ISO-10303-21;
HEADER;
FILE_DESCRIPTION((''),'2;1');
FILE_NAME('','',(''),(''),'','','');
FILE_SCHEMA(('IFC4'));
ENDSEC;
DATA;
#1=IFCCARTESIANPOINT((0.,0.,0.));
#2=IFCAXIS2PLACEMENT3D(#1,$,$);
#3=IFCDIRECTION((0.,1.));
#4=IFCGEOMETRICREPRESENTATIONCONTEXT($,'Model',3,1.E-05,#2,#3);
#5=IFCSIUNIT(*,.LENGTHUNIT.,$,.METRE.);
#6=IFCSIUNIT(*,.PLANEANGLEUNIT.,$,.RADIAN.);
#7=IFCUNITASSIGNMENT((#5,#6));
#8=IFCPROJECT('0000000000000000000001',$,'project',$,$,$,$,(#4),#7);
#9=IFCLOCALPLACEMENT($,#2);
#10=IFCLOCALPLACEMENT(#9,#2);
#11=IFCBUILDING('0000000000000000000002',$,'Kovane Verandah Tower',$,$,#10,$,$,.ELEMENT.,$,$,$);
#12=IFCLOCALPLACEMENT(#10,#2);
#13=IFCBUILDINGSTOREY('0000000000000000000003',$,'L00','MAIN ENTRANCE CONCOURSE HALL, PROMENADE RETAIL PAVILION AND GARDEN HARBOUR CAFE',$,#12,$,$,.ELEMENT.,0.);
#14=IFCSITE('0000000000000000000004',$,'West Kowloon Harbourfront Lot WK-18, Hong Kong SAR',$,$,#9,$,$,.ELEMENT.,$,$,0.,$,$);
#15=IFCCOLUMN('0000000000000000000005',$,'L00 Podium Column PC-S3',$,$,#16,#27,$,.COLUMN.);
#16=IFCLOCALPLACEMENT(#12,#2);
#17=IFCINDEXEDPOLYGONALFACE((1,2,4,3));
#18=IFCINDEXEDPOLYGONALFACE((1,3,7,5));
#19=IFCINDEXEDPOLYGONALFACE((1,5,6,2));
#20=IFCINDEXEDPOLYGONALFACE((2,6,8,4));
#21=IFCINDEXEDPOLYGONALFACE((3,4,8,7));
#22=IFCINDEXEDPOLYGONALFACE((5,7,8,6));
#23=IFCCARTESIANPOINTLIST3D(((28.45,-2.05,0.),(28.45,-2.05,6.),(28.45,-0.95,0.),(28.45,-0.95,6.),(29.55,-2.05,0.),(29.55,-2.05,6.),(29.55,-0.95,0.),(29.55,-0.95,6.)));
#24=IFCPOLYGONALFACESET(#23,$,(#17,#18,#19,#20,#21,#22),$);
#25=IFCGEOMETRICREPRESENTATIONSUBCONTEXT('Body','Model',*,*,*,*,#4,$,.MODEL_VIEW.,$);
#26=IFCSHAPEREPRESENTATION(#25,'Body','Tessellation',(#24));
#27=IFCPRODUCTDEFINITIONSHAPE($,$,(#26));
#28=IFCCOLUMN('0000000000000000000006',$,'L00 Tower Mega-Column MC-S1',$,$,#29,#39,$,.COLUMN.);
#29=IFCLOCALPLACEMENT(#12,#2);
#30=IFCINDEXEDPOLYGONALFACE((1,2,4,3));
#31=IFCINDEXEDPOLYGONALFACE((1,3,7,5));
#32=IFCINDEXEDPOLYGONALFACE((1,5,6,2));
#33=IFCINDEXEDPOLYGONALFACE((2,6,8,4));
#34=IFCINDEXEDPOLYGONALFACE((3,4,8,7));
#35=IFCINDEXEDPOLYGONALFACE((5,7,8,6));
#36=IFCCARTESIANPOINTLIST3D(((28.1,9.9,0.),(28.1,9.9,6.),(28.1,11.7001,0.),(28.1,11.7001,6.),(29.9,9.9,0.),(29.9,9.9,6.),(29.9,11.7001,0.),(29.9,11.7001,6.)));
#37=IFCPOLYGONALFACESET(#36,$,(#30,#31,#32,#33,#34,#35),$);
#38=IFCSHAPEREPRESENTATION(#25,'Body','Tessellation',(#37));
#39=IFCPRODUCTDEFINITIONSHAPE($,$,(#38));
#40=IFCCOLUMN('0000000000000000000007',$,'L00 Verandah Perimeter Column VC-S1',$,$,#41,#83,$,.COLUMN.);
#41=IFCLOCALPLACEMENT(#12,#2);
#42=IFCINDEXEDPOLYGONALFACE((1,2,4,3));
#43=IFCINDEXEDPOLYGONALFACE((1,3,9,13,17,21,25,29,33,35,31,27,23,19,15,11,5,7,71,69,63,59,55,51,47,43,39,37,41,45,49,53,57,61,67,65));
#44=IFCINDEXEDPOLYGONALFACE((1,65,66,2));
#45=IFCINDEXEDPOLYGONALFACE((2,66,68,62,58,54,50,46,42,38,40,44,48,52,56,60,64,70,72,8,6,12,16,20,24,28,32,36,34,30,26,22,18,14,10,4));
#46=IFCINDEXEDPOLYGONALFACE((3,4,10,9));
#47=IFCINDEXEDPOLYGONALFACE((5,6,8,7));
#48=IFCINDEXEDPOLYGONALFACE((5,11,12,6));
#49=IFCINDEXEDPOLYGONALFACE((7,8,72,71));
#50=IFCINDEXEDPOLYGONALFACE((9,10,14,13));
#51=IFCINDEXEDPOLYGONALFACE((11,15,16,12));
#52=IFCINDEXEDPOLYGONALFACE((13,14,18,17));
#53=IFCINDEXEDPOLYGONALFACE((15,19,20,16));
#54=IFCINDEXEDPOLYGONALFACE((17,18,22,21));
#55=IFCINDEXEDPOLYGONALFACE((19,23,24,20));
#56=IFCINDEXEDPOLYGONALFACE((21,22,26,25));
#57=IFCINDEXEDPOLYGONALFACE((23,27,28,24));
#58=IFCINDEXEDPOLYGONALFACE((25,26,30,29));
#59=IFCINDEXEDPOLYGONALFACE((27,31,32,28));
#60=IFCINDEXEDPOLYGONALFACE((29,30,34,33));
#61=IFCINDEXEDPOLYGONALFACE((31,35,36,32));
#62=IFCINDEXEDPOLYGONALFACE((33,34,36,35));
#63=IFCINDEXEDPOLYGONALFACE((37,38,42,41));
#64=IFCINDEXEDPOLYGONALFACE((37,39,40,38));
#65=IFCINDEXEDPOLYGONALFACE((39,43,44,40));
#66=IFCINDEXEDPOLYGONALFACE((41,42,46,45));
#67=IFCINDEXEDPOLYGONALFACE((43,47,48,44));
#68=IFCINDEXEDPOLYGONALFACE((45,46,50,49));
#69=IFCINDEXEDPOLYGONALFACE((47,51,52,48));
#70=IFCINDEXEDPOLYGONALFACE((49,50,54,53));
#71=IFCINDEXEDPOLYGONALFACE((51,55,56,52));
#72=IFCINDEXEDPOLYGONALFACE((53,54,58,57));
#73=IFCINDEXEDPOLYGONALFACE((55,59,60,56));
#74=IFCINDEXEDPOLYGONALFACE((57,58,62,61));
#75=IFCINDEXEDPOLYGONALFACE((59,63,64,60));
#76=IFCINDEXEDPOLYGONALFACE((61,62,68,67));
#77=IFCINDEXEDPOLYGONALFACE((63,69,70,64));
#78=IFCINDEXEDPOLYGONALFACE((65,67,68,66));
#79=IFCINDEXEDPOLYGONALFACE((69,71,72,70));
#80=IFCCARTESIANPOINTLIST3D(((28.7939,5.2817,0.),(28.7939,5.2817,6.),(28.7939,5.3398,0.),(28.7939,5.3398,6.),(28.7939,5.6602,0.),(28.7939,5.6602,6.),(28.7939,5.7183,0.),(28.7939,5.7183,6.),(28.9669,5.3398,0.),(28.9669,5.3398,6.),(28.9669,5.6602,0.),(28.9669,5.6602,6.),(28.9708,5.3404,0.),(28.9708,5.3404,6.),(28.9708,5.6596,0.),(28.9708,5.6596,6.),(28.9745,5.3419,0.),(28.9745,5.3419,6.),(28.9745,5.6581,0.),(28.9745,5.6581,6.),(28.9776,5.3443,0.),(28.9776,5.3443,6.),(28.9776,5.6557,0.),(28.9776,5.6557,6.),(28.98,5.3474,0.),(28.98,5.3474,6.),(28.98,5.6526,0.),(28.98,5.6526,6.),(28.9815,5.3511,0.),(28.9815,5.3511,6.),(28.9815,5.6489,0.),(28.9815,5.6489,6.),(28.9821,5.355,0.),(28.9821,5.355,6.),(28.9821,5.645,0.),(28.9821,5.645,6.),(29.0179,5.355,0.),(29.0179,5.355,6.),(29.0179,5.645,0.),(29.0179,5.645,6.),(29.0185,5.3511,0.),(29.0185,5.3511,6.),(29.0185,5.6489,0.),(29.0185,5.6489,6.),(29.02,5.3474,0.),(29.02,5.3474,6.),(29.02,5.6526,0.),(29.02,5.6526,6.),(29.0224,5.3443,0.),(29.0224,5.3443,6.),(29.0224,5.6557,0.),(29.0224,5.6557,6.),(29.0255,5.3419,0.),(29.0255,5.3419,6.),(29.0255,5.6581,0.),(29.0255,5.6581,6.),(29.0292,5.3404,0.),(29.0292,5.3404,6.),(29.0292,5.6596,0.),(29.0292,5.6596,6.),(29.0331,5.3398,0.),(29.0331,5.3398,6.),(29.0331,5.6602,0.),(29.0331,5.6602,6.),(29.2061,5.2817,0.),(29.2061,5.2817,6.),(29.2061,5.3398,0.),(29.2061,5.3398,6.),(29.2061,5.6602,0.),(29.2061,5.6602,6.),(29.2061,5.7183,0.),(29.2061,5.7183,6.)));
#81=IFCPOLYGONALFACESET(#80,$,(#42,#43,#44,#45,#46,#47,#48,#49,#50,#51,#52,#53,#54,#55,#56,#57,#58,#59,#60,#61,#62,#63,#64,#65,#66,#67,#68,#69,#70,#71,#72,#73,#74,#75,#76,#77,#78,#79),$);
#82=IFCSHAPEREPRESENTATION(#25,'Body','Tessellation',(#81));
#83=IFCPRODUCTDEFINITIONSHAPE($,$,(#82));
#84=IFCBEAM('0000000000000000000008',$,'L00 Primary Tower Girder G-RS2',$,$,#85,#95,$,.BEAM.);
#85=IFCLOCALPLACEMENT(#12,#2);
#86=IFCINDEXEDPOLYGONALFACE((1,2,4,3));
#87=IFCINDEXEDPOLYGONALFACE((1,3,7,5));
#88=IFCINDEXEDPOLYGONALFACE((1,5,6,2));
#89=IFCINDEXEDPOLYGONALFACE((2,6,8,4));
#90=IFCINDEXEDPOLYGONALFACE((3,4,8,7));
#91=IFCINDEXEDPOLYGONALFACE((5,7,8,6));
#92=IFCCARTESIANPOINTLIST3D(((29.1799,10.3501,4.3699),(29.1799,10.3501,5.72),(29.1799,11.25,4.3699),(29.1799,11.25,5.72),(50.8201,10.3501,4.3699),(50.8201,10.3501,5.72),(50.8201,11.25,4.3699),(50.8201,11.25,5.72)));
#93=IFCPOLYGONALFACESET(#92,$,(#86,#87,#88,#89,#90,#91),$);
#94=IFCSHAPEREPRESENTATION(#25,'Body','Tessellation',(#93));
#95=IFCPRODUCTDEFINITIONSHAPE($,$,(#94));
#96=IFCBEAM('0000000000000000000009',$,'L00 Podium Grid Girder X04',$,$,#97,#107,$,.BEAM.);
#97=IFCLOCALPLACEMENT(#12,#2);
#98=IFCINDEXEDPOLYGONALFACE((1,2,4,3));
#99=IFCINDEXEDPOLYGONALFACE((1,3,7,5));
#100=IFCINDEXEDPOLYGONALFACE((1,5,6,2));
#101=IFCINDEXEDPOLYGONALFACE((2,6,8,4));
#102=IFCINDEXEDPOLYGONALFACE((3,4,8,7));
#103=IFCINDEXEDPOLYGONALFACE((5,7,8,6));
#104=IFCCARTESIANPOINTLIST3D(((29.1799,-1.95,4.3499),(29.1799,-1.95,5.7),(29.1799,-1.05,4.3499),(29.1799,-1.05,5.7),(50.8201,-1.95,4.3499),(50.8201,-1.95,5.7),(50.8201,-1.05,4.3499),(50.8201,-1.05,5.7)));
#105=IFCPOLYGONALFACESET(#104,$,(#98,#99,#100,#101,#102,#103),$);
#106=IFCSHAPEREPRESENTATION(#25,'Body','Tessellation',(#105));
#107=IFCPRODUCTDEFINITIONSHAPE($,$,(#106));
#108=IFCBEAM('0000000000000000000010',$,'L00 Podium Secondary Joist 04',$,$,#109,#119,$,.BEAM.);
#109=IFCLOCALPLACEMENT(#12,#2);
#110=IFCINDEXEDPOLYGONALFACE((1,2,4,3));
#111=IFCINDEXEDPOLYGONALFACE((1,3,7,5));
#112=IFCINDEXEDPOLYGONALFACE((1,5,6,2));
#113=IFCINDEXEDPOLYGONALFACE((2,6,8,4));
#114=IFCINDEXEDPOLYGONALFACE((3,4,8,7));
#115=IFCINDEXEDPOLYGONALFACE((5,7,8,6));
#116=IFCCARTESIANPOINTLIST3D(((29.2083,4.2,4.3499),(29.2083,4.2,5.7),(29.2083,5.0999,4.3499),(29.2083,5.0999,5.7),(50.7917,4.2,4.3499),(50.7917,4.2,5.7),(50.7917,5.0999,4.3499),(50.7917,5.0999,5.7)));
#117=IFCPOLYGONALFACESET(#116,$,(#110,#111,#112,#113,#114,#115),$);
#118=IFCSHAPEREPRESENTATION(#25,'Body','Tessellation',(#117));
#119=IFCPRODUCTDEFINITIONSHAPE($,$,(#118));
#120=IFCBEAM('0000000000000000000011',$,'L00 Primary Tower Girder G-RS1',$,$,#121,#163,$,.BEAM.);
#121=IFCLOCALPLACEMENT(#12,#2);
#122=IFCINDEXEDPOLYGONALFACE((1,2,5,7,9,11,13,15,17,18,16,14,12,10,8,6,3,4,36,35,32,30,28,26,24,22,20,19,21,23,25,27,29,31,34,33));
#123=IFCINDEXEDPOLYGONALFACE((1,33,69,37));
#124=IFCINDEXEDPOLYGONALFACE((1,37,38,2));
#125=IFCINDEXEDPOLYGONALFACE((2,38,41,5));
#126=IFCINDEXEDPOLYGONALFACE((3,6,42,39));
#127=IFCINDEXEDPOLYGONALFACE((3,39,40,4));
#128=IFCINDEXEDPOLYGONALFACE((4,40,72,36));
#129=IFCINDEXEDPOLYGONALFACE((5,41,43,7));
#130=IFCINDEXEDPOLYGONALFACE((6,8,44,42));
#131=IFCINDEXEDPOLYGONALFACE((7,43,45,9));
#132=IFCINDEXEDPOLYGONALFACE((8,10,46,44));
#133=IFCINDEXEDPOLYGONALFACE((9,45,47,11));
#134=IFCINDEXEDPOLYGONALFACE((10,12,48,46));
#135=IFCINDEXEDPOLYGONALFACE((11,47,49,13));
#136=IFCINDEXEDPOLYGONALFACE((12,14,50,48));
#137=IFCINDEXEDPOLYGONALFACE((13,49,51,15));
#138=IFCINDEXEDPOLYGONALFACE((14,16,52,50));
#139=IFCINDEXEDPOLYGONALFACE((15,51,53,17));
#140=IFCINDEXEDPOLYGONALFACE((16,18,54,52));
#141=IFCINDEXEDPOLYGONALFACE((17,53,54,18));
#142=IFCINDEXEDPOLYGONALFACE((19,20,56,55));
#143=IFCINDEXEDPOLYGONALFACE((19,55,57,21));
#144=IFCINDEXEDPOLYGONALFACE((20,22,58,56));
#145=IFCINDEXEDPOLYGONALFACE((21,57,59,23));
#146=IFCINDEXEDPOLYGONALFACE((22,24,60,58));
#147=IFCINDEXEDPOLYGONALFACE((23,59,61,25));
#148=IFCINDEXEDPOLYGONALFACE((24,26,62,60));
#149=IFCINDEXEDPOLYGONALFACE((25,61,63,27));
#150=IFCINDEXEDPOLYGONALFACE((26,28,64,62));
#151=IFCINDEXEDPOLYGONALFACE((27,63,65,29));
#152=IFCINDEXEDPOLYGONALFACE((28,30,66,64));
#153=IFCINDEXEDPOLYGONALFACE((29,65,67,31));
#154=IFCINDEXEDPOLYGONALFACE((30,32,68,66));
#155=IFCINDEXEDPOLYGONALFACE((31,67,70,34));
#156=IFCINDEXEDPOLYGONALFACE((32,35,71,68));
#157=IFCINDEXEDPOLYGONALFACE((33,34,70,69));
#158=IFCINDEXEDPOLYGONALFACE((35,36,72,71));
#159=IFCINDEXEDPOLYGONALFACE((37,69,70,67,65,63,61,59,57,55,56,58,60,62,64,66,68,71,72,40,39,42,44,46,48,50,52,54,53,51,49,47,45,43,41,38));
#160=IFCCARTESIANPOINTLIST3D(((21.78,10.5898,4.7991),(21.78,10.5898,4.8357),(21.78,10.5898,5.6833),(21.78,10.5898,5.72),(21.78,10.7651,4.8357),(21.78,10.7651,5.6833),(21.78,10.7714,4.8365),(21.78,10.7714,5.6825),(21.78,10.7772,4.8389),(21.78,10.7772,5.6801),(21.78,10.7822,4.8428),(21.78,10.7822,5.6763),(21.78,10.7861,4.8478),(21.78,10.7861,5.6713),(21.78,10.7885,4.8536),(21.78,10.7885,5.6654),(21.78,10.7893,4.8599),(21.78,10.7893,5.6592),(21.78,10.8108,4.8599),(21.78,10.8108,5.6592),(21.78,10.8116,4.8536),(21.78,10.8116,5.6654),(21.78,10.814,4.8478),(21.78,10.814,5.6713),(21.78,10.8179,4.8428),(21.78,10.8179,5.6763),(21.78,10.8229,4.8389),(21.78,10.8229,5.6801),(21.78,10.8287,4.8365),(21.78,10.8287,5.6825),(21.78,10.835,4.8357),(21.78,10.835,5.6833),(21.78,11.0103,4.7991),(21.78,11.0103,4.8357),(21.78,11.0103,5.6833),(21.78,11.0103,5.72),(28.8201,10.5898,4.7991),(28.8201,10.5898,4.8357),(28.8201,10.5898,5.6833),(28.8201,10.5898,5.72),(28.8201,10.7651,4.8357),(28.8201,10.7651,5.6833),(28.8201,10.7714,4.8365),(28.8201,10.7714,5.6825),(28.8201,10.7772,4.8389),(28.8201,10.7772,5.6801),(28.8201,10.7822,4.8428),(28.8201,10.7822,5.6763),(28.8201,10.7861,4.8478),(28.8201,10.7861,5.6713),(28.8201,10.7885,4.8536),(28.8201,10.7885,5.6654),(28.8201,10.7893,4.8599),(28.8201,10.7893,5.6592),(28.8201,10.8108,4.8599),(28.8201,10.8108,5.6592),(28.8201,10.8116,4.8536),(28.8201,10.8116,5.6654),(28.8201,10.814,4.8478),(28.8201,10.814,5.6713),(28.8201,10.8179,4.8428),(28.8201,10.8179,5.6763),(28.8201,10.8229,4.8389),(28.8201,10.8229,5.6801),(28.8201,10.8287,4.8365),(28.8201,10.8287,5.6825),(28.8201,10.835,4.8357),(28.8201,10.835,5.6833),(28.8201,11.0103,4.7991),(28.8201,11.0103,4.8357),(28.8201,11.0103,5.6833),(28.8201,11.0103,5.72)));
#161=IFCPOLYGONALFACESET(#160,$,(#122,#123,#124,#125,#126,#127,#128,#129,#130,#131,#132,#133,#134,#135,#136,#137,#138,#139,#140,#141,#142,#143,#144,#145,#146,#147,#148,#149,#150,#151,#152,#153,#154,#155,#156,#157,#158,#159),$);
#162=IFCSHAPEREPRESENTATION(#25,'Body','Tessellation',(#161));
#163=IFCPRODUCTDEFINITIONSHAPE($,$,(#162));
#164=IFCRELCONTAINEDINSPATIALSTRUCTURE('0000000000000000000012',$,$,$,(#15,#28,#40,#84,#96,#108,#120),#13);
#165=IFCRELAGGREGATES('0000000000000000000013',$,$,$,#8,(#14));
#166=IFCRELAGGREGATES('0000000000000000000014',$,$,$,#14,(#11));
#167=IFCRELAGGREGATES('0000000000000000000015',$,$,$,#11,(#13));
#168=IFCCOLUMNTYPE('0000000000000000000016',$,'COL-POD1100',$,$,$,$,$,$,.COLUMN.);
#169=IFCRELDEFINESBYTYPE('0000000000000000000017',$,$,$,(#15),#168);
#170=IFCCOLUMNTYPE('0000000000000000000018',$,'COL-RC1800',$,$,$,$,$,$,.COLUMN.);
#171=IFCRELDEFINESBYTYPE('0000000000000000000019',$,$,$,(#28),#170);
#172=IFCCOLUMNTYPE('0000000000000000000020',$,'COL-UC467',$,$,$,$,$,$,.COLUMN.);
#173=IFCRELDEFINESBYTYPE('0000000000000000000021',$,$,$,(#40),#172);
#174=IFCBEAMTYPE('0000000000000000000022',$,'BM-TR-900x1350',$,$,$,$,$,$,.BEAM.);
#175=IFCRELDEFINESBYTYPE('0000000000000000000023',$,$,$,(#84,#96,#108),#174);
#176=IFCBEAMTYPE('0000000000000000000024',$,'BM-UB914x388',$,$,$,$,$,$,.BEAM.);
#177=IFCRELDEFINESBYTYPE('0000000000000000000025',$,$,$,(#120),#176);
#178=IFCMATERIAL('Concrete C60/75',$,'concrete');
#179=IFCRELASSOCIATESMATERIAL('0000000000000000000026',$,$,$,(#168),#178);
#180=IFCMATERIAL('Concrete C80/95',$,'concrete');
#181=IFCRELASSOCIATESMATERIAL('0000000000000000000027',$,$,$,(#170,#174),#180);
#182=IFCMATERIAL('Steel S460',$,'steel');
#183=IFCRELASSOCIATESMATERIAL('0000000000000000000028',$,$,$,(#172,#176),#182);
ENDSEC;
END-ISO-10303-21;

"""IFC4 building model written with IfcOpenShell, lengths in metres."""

from ifc_helpers import new_model, si_unit, direction, frame, origin, origin_2d, place, context, subcontext, project, spatial, rectangle, i_section, extrude, material, material_profile, profile_set, type_object, element, save


model = new_model("IFC4")

# Units and contexts
model_context = context("Model", 3, precision=1e-05, world=origin(), true_north=direction((0.0, 1.0)))
body_context = subcontext(model_context, "Body", "Model", "MODEL_VIEW")
ifc_project = project(units=[si_unit("LENGTHUNIT", "METRE"), si_unit("PLANEANGLEUNIT", "RADIAN")], contexts=[model_context])

# Site, building, storey
site_placement = place(None, origin())
site = spatial("IfcSite", under=ifc_project, at=site_placement, Name="West Kowloon Harbourfront Lot WK-18, Hong Kong SAR", CompositionType="ELEMENT", RefElevation=0.0)
building_placement = place(site_placement, origin())
building = spatial("IfcBuilding", under=site, at=building_placement, Name="Kovane Verandah Tower", CompositionType="ELEMENT")
storey_placement = place(building_placement, origin())
storey = spatial("IfcBuildingStorey", under=building, at=storey_placement, Name="L00", Description="MAIN ENTRANCE CONCOURSE HALL, PROMENADE RETAIL PAVILION AND GARDEN HARBOUR CAFE", CompositionType="ELEMENT", Elevation=0.0)

# Columns
ifc_material_1 = material(Name="Concrete C60/75", Category="concrete")
ifc_material_profile_1 = material_profile(ifc_material_1, rectangle(XDim=1.1001, YDim=1.1001, at=origin_2d()), Name="RC1100x1100")
ifc_profile_set_1 = profile_set([ifc_material_profile_1], Name="Concrete C60/75")
column_type_1 = type_object("IfcColumnType", Name="COL-POD1100", PredefinedType="COLUMN", material=ifc_profile_set_1)
column_1_placement = place(storey_placement, frame((29.0, -1.5, 0.0), z_axis=(0.0, 0.0, 1.0), x_axis=(1.0, 0.0, 0.0)))
element("IfcColumn", 1, at=column_1_placement, inside=storey, type_object=column_type_1, Name="L00 Podium Column PC-S3", PredefinedType="COLUMN", context=body_context, shape_type="SweptSolid", body=[
    extrude(rectangle(XDim=1.1001, YDim=1.1001, at=origin_2d()), origin(), (0.0, 0.0, 1.0), 6.0),
])
ifc_material_2 = material(Name="Concrete C80/95", Category="concrete")
ifc_material_profile_2 = material_profile(ifc_material_2, rectangle(XDim=1.8, YDim=1.8, at=origin_2d()), Name="RC1800x1800")
ifc_profile_set_2 = profile_set([ifc_material_profile_2], Name="Concrete C80/95")
column_type_2 = type_object("IfcColumnType", Name="COL-RC1800", PredefinedType="COLUMN", material=ifc_profile_set_2)
column_2_placement = place(storey_placement, frame((29.0, 10.8, 0.0), z_axis=(0.0, 0.0, 1.0), x_axis=(1.0, 0.0, 0.0)))
element("IfcColumn", 2, at=column_2_placement, inside=storey, type_object=column_type_2, Name="L00 Tower Mega-Column MC-S1", PredefinedType="COLUMN", context=body_context, shape_type="SweptSolid", body=[
    extrude(rectangle(XDim=1.8, YDim=1.8, at=origin_2d()), origin(), (0.0, 0.0, 1.0), 6.0),
])
ifc_material_3 = material(Name="Steel S460", Category="steel")
ifc_material_profile_3 = material_profile(ifc_material_3, i_section(OverallWidth=0.4121, OverallDepth=0.4365, WebThickness=0.0359, FlangeThickness=0.0581, FilletRadius=0.0151, at=origin_2d()), Name="UC356x406x467")
ifc_profile_set_3 = profile_set([ifc_material_profile_3], Name="Steel S460")
column_type_3 = type_object("IfcColumnType", Name="COL-UC467", PredefinedType="COLUMN", material=ifc_profile_set_3)
column_3_placement = place(storey_placement, frame((29.0, 5.5, 0.0), z_axis=(0.0, 0.0, 1.0), x_axis=(1.0, 0.0, 0.0)))
element("IfcColumn", 3, at=column_3_placement, inside=storey, type_object=column_type_3, Name="L00 Verandah Perimeter Column VC-S1", PredefinedType="COLUMN", context=body_context, shape_type="SweptSolid", body=[
    extrude(i_section(OverallWidth=0.4121, OverallDepth=0.4365, WebThickness=0.0359, FlangeThickness=0.0581, FilletRadius=0.0151, at=origin_2d()), origin(), (0.0, 0.0, 1.0), 6.0),
])

# Beams
ifc_material_profile_4 = material_profile(ifc_material_2, rectangle(XDim=0.8999, YDim=1.3501, at=origin_2d()), Name="RCB900x1350")
ifc_profile_set_4 = profile_set([ifc_material_profile_4], Name="Concrete C80/95")
beam_type_1 = type_object("IfcBeamType", Name="BM-TR-900x1350", PredefinedType="BEAM", material=ifc_profile_set_4)
for number, where, z_axis, x_axis, name in (
    (4, (29.1799, 10.8, 5.0449), (1.0, 0.0, 0.0), (0.0, 1.0, 0.0), "L00 Primary Tower Girder G-RS2"),
    (5, (29.1799, -1.5, 5.0249), (1.0, 0.0, 0.0), (0.0, 1.0, 0.0), "L00 Podium Grid Girder X04"),
):
    element("IfcBeam", number, at=place(storey_placement, frame(where, z_axis=z_axis, x_axis=x_axis)), inside=storey, type_object=beam_type_1, Name=name, PredefinedType="BEAM", context=body_context, shape_type="SweptSolid", body=[
        extrude(rectangle(XDim=0.8999, YDim=1.3501, at=origin_2d()), origin(), (0.0, 0.0, 1.0), 21.6401),
    ])
beam_1_placement = place(storey_placement, frame((29.2083, 4.6499, 5.0249), z_axis=(1.0, 0.0, 0.0), x_axis=(0.0, 1.0, 0.0)))
element("IfcBeam", 6, at=beam_1_placement, inside=storey, type_object=beam_type_1, Name="L00 Podium Secondary Joist 04", PredefinedType="BEAM", context=body_context, shape_type="SweptSolid", body=[
    extrude(rectangle(XDim=0.8999, YDim=1.3501, at=origin_2d()), origin(), (0.0, 0.0, 1.0), 21.5835),
])
ifc_material_profile_5 = material_profile(ifc_material_3, i_section(OverallWidth=0.4204, OverallDepth=0.9209, WebThickness=0.0215, FlangeThickness=0.0366, FilletRadius=0.0242, at=origin_2d()), Name="UB914x419x388")
ifc_profile_set_5 = profile_set([ifc_material_profile_5], Name="Steel S460")
beam_type_2 = type_object("IfcBeamType", Name="BM-UB914x388", PredefinedType="BEAM", material=ifc_profile_set_5)
beam_2_placement = place(storey_placement, frame((21.78, 10.8, 5.2595), z_axis=(1.0, 0.0, 0.0), x_axis=(0.0, 1.0, 0.0)))
element("IfcBeam", 7, at=beam_2_placement, inside=storey, type_object=beam_type_2, Name="L00 Primary Tower Girder G-RS1", PredefinedType="BEAM", context=body_context, shape_type="SweptSolid", body=[
    extrude(i_section(OverallWidth=0.4204, OverallDepth=0.9209, WebThickness=0.0215, FlangeThickness=0.0366, FilletRadius=0.0242, at=origin_2d()), origin(), (0.0, 0.0, 1.0), 7.04),
])

save(model, "model.ifc")
